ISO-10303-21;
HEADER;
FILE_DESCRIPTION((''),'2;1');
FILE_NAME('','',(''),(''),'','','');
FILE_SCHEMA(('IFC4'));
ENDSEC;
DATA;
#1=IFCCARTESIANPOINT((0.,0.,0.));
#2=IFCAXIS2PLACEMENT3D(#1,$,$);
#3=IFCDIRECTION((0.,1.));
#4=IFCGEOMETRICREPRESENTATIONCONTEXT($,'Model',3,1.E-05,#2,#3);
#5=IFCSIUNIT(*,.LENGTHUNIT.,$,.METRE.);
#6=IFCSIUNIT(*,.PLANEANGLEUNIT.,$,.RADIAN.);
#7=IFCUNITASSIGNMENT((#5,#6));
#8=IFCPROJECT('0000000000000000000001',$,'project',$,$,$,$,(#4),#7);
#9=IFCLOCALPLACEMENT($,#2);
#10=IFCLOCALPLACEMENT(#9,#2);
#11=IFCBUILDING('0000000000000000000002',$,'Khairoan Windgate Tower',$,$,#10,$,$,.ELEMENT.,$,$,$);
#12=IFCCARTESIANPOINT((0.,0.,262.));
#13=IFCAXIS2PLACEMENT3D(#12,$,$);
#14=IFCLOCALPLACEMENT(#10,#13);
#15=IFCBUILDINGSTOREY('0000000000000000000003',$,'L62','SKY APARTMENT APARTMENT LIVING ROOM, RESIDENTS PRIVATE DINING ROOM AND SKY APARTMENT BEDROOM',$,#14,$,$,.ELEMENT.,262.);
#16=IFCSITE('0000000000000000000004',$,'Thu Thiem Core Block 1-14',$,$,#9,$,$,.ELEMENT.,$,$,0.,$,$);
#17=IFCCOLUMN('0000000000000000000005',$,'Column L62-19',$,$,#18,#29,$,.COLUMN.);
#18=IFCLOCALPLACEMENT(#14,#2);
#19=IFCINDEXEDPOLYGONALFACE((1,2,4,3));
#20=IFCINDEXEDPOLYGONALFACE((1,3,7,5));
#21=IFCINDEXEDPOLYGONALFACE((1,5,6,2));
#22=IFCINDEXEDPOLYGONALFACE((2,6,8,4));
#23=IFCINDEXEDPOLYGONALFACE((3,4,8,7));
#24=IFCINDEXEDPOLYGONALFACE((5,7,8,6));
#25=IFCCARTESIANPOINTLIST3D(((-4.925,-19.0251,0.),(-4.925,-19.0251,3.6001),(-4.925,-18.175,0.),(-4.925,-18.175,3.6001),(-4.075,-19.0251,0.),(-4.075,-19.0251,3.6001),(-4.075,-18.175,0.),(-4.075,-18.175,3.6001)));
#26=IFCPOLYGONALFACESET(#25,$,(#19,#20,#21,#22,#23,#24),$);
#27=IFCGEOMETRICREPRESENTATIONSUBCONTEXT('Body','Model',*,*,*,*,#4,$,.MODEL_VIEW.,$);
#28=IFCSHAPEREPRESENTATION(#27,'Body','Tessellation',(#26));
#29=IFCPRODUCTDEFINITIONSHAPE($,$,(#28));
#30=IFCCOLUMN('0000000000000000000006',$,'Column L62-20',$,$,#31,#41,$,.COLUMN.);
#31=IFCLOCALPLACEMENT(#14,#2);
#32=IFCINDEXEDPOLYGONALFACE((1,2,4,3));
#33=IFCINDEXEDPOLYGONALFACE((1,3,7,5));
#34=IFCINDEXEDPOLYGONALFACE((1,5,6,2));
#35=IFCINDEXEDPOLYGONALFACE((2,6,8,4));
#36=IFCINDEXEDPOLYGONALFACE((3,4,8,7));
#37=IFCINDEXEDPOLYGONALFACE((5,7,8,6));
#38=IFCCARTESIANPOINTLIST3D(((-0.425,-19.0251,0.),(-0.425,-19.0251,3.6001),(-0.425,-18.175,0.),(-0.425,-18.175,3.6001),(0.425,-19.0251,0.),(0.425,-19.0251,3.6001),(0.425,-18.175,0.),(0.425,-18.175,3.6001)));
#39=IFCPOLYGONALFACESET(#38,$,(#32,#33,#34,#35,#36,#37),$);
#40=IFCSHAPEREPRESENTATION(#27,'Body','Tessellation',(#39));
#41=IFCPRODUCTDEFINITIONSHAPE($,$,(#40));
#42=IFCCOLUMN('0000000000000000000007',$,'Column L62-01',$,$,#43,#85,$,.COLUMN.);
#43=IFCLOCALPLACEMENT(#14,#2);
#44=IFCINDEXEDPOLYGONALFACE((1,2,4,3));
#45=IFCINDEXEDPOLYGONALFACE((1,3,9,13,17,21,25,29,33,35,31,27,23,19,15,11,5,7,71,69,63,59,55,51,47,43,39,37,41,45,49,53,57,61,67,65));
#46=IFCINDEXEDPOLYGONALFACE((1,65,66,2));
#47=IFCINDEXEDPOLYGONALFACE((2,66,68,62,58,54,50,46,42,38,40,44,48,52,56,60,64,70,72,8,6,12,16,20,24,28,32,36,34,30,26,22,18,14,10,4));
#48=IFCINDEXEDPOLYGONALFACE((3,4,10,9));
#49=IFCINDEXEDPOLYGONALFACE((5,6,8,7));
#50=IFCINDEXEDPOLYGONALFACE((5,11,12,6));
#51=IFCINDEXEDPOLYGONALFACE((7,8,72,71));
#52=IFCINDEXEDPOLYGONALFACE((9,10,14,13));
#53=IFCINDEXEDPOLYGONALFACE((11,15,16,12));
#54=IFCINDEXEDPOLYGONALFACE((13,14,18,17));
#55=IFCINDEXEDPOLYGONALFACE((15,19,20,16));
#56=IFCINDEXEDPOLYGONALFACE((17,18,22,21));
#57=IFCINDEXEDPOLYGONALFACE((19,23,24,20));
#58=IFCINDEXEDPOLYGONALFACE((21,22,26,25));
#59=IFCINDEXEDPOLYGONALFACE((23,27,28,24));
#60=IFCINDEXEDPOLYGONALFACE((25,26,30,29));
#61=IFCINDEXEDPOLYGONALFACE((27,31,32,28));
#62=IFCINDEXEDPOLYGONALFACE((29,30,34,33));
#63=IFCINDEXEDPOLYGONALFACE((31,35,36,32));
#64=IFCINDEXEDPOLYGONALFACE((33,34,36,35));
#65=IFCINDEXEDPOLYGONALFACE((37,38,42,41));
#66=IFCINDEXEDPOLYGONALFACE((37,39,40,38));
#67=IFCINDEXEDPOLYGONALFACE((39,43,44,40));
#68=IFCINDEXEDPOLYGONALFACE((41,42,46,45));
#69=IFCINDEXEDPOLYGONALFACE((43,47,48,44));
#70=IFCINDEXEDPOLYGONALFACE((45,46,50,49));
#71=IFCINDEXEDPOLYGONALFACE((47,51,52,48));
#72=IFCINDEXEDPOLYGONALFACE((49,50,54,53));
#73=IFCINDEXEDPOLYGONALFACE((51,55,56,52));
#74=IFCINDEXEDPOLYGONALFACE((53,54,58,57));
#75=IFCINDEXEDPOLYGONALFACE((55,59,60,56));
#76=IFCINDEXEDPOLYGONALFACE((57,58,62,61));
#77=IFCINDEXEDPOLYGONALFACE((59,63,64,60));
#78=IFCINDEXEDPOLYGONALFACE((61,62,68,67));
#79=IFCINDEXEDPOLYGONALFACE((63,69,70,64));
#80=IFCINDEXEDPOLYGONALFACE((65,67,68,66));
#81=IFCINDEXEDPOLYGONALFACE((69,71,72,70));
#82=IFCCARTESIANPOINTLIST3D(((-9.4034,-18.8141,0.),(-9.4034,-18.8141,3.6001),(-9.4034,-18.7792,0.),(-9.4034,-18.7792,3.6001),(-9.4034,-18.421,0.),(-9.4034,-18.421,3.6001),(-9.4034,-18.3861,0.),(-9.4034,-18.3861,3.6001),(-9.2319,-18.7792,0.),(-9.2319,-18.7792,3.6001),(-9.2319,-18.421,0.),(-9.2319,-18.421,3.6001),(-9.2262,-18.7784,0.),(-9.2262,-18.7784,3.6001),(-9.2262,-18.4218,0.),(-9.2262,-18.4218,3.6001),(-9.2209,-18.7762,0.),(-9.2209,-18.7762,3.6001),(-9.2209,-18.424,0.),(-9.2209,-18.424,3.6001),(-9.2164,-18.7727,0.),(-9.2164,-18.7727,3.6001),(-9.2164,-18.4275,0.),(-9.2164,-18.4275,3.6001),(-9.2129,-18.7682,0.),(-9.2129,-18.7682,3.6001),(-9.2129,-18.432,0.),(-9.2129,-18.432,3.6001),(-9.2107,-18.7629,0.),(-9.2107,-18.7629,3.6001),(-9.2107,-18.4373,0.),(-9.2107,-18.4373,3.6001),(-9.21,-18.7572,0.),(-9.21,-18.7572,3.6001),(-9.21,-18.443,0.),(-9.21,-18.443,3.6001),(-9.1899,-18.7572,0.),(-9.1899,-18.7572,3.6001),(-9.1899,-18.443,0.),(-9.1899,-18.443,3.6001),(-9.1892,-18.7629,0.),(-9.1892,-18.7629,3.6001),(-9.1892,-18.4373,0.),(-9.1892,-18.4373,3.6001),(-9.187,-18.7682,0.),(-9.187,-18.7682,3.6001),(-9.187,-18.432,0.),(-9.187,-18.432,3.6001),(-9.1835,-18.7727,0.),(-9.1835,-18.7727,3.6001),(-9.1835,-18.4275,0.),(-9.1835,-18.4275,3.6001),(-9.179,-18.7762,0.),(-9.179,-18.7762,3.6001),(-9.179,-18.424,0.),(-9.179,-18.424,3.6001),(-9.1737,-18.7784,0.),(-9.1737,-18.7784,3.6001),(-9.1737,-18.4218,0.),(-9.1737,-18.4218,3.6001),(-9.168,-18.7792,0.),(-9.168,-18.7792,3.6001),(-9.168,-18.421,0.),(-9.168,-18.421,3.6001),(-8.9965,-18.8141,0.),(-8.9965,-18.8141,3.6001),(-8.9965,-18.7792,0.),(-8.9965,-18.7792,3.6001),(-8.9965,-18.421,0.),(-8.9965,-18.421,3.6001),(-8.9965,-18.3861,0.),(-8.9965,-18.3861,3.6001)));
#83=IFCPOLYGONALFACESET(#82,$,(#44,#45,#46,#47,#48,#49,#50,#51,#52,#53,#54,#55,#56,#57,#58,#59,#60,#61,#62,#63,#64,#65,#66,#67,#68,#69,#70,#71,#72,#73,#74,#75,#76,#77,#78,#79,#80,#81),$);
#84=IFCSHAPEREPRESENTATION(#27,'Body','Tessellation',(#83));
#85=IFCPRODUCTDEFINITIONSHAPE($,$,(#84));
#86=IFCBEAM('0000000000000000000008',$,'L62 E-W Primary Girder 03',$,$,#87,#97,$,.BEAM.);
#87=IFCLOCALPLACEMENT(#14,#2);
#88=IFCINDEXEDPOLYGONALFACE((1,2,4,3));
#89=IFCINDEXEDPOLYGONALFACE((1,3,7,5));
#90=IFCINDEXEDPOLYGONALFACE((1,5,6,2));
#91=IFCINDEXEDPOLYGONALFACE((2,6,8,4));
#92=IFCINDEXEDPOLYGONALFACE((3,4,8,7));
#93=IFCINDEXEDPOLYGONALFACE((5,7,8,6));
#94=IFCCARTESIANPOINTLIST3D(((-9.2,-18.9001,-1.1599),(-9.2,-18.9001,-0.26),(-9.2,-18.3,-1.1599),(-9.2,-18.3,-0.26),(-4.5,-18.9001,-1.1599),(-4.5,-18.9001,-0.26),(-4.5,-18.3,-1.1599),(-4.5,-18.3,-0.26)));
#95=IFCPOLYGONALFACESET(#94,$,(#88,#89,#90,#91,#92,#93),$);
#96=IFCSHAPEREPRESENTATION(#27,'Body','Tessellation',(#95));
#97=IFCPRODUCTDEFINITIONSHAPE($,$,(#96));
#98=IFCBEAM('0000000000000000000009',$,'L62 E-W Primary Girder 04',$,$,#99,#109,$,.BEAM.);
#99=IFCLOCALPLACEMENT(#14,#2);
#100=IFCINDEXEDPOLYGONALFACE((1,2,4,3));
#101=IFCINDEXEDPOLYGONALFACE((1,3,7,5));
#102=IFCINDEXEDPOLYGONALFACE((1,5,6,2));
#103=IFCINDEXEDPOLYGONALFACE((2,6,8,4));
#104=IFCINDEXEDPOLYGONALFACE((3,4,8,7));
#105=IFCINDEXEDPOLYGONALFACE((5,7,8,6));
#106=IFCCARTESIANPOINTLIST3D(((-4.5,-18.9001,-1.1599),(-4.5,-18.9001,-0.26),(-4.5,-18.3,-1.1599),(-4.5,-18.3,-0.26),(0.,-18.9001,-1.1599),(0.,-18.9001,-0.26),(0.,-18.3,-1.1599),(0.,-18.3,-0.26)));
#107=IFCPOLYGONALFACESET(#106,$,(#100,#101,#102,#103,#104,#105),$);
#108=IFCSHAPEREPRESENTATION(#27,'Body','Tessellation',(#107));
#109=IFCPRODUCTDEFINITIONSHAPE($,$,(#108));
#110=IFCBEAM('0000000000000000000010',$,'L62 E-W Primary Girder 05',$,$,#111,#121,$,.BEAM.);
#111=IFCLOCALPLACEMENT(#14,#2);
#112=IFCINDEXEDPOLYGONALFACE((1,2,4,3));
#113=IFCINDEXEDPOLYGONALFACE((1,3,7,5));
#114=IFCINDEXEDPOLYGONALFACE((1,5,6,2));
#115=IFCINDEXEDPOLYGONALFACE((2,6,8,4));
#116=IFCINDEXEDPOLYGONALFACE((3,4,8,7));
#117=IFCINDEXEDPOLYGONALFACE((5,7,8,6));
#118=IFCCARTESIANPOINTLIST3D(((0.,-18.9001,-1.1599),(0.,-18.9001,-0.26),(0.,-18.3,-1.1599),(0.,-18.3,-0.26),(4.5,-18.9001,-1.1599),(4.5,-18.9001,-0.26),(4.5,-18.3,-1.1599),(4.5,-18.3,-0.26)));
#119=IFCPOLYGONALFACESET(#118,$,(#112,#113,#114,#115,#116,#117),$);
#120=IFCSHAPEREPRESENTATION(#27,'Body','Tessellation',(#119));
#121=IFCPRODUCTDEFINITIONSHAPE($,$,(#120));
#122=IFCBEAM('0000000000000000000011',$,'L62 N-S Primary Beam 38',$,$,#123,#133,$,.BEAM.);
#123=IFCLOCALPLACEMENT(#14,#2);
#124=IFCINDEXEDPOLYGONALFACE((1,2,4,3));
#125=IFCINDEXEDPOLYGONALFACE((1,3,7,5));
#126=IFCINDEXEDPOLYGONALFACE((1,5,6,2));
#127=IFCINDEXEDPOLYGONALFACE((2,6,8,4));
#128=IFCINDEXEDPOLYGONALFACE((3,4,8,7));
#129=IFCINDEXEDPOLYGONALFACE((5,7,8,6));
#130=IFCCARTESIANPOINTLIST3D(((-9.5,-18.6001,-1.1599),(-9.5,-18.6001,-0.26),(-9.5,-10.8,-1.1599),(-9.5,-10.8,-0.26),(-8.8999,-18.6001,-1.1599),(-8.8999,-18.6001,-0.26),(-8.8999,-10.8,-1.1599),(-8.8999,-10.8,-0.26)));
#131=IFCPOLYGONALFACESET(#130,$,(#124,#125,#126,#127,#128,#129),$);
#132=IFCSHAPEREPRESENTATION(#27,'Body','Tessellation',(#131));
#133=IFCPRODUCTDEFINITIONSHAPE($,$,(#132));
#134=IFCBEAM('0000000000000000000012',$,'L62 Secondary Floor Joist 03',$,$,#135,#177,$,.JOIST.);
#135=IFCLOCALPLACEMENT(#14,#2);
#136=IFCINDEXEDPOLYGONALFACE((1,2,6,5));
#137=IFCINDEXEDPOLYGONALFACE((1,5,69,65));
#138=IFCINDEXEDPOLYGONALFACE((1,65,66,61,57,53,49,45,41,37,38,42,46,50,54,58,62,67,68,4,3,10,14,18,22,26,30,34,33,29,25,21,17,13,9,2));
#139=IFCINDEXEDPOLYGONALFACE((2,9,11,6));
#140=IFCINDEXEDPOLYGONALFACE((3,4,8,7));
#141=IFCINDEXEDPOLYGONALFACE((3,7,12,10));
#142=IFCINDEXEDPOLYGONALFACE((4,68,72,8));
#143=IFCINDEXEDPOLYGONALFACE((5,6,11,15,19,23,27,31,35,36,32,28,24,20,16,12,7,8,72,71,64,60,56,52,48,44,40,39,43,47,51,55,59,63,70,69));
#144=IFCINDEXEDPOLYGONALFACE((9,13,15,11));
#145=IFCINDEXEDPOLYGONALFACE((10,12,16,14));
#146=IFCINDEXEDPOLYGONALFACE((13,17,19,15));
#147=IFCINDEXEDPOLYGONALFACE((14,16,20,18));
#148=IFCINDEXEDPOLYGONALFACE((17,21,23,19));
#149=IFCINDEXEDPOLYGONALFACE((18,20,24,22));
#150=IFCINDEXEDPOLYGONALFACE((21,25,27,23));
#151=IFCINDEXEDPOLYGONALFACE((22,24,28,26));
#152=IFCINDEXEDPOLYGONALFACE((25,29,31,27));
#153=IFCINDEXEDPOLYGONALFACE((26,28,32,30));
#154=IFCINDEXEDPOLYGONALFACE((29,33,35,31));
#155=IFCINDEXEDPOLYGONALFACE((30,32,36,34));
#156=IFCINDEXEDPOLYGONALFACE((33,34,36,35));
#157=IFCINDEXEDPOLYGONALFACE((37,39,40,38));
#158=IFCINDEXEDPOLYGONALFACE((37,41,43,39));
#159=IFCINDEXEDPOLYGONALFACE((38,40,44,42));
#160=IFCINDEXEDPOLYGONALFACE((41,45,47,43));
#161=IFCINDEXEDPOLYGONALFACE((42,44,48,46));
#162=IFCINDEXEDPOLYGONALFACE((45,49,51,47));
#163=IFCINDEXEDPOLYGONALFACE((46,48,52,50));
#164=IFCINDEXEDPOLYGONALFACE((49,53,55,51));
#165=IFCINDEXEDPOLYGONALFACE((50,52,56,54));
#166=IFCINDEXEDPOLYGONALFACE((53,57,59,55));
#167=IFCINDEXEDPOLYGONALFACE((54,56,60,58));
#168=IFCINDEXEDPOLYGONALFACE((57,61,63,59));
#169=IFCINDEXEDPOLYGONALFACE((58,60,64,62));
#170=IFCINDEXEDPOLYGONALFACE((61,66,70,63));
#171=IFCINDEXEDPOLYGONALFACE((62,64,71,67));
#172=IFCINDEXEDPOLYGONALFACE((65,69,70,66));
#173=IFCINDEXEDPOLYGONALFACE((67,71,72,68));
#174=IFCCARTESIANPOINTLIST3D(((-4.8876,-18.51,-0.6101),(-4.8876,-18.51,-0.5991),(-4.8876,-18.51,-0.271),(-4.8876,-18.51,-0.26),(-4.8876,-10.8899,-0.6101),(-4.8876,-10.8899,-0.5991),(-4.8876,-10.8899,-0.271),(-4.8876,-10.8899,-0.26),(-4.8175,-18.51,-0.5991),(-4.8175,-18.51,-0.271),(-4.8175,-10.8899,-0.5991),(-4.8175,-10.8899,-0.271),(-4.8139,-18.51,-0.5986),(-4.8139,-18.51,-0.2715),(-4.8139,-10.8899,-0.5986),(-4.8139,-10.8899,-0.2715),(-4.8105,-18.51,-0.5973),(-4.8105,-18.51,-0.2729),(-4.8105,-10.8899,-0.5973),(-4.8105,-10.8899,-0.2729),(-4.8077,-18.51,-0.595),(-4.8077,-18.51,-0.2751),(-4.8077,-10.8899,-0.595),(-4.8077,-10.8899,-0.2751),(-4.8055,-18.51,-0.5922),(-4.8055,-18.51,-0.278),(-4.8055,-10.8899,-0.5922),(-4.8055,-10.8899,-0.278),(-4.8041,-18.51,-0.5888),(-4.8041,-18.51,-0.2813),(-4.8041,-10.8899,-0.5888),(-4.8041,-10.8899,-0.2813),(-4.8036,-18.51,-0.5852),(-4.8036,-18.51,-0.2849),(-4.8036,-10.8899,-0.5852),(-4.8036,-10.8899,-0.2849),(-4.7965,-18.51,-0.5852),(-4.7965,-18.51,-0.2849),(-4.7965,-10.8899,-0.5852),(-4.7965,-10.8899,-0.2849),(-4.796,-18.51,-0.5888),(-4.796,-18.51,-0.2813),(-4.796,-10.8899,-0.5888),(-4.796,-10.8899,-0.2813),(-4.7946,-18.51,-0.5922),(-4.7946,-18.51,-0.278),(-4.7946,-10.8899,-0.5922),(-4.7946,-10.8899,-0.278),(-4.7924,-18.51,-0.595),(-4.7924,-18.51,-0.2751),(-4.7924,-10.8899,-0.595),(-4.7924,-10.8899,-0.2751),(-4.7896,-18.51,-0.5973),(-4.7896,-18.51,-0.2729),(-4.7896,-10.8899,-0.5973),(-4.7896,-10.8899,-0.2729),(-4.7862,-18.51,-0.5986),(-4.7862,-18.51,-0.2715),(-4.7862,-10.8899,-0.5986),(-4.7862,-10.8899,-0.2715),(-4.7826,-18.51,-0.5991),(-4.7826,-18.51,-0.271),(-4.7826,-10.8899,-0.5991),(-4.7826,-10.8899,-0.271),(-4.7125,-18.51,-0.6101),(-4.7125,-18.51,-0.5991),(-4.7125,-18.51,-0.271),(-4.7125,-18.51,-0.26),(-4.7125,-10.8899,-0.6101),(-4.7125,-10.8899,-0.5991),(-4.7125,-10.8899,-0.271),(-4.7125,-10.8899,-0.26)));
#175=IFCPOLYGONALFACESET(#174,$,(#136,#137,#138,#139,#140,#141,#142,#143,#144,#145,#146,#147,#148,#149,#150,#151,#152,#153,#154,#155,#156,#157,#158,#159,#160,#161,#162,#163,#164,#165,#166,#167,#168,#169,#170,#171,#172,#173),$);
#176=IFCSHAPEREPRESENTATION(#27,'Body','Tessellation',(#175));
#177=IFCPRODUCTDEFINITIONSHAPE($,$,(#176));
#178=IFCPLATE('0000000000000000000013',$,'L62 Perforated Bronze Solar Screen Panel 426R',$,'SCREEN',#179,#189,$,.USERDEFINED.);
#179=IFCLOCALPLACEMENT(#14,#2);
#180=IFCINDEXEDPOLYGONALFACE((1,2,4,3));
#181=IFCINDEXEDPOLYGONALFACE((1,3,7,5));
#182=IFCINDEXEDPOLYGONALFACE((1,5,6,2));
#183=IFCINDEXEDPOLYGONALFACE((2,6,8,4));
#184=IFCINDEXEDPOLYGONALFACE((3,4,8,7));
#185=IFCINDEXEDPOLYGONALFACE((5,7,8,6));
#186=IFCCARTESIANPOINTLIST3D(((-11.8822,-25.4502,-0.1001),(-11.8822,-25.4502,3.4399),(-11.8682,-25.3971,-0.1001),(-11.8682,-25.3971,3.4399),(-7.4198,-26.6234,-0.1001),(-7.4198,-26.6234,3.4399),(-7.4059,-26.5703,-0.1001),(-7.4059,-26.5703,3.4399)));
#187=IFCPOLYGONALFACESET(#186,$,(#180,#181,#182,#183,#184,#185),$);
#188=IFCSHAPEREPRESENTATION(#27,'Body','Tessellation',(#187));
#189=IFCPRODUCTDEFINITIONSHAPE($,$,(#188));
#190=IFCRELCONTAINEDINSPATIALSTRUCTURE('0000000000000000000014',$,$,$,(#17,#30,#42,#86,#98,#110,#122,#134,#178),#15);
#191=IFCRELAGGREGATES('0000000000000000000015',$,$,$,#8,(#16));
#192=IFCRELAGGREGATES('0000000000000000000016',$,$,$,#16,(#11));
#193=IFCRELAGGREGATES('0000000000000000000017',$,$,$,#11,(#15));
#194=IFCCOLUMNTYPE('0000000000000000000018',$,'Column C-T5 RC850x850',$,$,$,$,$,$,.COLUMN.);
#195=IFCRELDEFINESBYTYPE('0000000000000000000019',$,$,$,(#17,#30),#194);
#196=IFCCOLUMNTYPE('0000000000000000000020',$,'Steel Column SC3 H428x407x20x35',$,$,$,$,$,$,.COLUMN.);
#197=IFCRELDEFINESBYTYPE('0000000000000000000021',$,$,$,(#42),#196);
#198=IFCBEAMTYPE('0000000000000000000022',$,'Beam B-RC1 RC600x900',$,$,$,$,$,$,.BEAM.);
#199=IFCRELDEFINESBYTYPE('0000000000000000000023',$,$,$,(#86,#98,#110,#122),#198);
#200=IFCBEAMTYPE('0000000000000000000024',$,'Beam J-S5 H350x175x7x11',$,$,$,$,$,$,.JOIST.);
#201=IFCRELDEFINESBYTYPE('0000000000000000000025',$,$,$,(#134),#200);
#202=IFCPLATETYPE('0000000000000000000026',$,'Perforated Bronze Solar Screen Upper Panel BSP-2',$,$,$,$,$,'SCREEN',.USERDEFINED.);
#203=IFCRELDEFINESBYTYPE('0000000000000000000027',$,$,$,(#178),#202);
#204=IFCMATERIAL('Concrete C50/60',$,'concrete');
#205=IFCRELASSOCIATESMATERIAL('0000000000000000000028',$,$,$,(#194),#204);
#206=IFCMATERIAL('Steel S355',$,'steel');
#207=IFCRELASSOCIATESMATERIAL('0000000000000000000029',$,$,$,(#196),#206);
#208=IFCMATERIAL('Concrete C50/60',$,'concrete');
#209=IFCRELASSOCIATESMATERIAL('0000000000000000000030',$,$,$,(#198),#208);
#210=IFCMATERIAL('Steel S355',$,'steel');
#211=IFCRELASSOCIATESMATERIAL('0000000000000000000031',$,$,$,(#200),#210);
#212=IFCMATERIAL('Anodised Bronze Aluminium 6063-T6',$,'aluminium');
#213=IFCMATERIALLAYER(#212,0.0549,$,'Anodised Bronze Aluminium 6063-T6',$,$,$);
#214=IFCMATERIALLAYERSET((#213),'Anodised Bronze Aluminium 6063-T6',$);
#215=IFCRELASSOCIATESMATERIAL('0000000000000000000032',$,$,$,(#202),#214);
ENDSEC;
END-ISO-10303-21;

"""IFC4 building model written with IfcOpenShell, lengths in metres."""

from ifc_helpers import new_model, si_unit, direction, frame, origin, origin_2d, place, context, subcontext, project, spatial, rectangle, i_section, extrude, material, layer, layer_set, material_profile, profile_set, type_object, element, save


model = new_model("IFC4")

# Units and contexts
model_context = context("Model", 3, precision=1e-05, world=origin(), true_north=direction((0.0, 1.0)))
body_context = subcontext(model_context, "Body", "Model", "MODEL_VIEW")
ifc_project = project(units=[si_unit("LENGTHUNIT", "METRE"), si_unit("PLANEANGLEUNIT", "RADIAN")], contexts=[model_context])

# Site, building, storey
site_placement = place(None, origin())
site = spatial("IfcSite", under=ifc_project, at=site_placement, Name="Thu Thiem Core Block 1-14", CompositionType="ELEMENT", RefElevation=0.0)
building_placement = place(site_placement, origin())
building = spatial("IfcBuilding", under=site, at=building_placement, Name="Khairoan Windgate Tower", CompositionType="ELEMENT")
storey_placement = place(building_placement, frame((0.0, 0.0, 262.0)))
storey = spatial("IfcBuildingStorey", under=building, at=storey_placement, Name="L62", Description="SKY APARTMENT APARTMENT LIVING ROOM, RESIDENTS PRIVATE DINING ROOM AND SKY APARTMENT BEDROOM", CompositionType="ELEMENT", Elevation=262.0)

# Columns
ifc_material_1 = material(Name="Concrete C50/60", Category="concrete")
ifc_material_profile_1 = material_profile(ifc_material_1, rectangle(XDim=0.8501, YDim=0.8501, at=origin_2d()))
ifc_profile_set_1 = profile_set([ifc_material_profile_1], Name="Concrete C50/60")
column_type_1 = type_object("IfcColumnType", Name="Column C-T5 RC850x850", PredefinedType="COLUMN", material=ifc_profile_set_1)
for number, where, z_axis, x_axis, name in (
    (1, (-4.5, -18.6001, 0.0), (0.0, 0.0, 1.0), (1.0, 0.0, 0.0), "Column L62-19"),
    (2, (0.0, -18.6001, 0.0), (0.0, 0.0, 1.0), (1.0, 0.0, 0.0), "Column L62-20"),
):
    element("IfcColumn", number, at=place(storey_placement, frame(where, z_axis=z_axis, x_axis=x_axis)), inside=storey, type_object=column_type_1, Name=name, PredefinedType="COLUMN", context=body_context, shape_type="SweptSolid", body=[
        extrude(rectangle(XDim=0.8501, YDim=0.8501, at=origin_2d()), origin(), (0.0, 0.0, 1.0), 3.6001),
    ])
ifc_material_2 = material(Name="Steel S355", Category="steel")
ifc_material_profile_2 = material_profile(ifc_material_2, i_section(OverallWidth=0.407, OverallDepth=0.428, WebThickness=0.02, FlangeThickness=0.0349, FilletRadius=0.022, at=origin_2d()))
ifc_profile_set_2 = profile_set([ifc_material_profile_2], Name="Steel S355")
column_type_2 = type_object("IfcColumnType", Name="Steel Column SC3 H428x407x20x35", PredefinedType="COLUMN", material=ifc_profile_set_2)
column_placement = place(storey_placement, frame((-9.2, -18.6001, 0.0), z_axis=(0.0, 0.0, 1.0), x_axis=(1.0, 0.0, 0.0)))
element("IfcColumn", 3, at=column_placement, inside=storey, type_object=column_type_2, Name="Column L62-01", PredefinedType="COLUMN", context=body_context, shape_type="SweptSolid", body=[
    extrude(i_section(OverallWidth=0.407, OverallDepth=0.428, WebThickness=0.02, FlangeThickness=0.0349, FilletRadius=0.022, at=origin_2d()), origin(), (0.0, 0.0, 1.0), 3.6001),
])

# Beams
ifc_material_3 = material(Name="Concrete C50/60", Category="concrete")
ifc_material_profile_3 = material_profile(ifc_material_3, rectangle(XDim=0.6001, YDim=0.8999, at=origin_2d()))
ifc_profile_set_3 = profile_set([ifc_material_profile_3], Name="Concrete C50/60")
beam_type_1 = type_object("IfcBeamType", Name="Beam B-RC1 RC600x900", PredefinedType="BEAM", material=ifc_profile_set_3)
beam_1_placement = place(storey_placement, frame((-9.2, -18.6001, -0.71), z_axis=(1.0, 0.0, 0.0), x_axis=(0.0, 1.0, 0.0)))
element("IfcBeam", 4, at=beam_1_placement, inside=storey, type_object=beam_type_1, Name="L62 E-W Primary Girder 03", PredefinedType="BEAM", context=body_context, shape_type="SweptSolid", body=[
    extrude(rectangle(XDim=0.6001, YDim=0.8999, at=origin_2d()), origin(), (0.0, 0.0, 1.0), 4.7),
])
for number, where, z_axis, x_axis, name in (
    (5, (-4.5, -18.6001, -0.71), (1.0, 0.0, 0.0), (0.0, 1.0, 0.0), "L62 E-W Primary Girder 04"),
    (6, (0.0, -18.6001, -0.71), (1.0, 0.0, 0.0), (0.0, 1.0, 0.0), "L62 E-W Primary Girder 05"),
):
    element("IfcBeam", number, at=place(storey_placement, frame(where, z_axis=z_axis, x_axis=x_axis)), inside=storey, type_object=beam_type_1, Name=name, PredefinedType="BEAM", context=body_context, shape_type="SweptSolid", body=[
        extrude(rectangle(XDim=0.6001, YDim=0.8999, at=origin_2d()), origin(), (0.0, 0.0, 1.0), 4.5),
    ])
beam_2_placement = place(storey_placement, frame((-9.2, -18.6001, -0.71), z_axis=(0.0, 1.0, 0.0), x_axis=(-1.0, 0.0, 0.0)))
element("IfcBeam", 7, at=beam_2_placement, inside=storey, type_object=beam_type_1, Name="L62 N-S Primary Beam 38", PredefinedType="BEAM", context=body_context, shape_type="SweptSolid", body=[
    extrude(rectangle(XDim=0.6001, YDim=0.8999, at=origin_2d()), origin(), (0.0, 0.0, 1.0), 7.8),
])
ifc_material_4 = material(Name="Steel S355", Category="steel")
ifc_material_profile_4 = material_profile(ifc_material_4, i_section(OverallWidth=0.175, OverallDepth=0.3501, WebThickness=0.0071, FlangeThickness=0.011, FilletRadius=0.0139, at=origin_2d()))
ifc_profile_set_4 = profile_set([ifc_material_profile_4], Name="Steel S355")
beam_type_2 = type_object("IfcBeamType", Name="Beam J-S5 H350x175x7x11", PredefinedType="JOIST", material=ifc_profile_set_4)
beam_3_placement = place(storey_placement, frame((-4.8, -18.51, -0.4351), z_axis=(0.0, 1.0, 0.0), x_axis=(-1.0, 0.0, 0.0)))
element("IfcBeam", 8, at=beam_3_placement, inside=storey, type_object=beam_type_2, Name="L62 Secondary Floor Joist 03", PredefinedType="JOIST", context=body_context, shape_type="SweptSolid", body=[
    extrude(i_section(OverallWidth=0.175, OverallDepth=0.3501, WebThickness=0.0071, FlangeThickness=0.011, FilletRadius=0.0139, at=origin_2d()), origin(), (0.0, 0.0, 1.0), 7.6201),
])

# Plate
ifc_material_5 = material(Name="Anodised Bronze Aluminium 6063-T6", Category="aluminium")
ifc_layer_1 = layer(ifc_material_5, 0.0549, Name="Anodised Bronze Aluminium 6063-T6")
ifc_layer_set_1 = layer_set([ifc_layer_1], Name="Anodised Bronze Aluminium 6063-T6")
plate_type = type_object("IfcPlateType", Name="Perforated Bronze Solar Screen Upper Panel BSP-2", ElementType="SCREEN", PredefinedType="USERDEFINED", material=ifc_layer_set_1)
plate_placement = place(storey_placement, frame((-9.644, -26.0103, -0.1001), z_axis=(0.0, 0.0, 1.0), x_axis=(-0.967135, 0.254264, 0.0)))
element("IfcPlate", 9, at=plate_placement, inside=storey, type_object=plate_type, Name="L62 Perforated Bronze Solar Screen Panel 426R", ObjectType="SCREEN", PredefinedType="USERDEFINED", context=body_context, shape_type="SweptSolid", body=[
    extrude(rectangle(XDim=4.614, YDim=0.0549, at=origin_2d()), origin(), (0.0, 0.0, 1.0), 3.54),
])

save(model, "model.ifc")
